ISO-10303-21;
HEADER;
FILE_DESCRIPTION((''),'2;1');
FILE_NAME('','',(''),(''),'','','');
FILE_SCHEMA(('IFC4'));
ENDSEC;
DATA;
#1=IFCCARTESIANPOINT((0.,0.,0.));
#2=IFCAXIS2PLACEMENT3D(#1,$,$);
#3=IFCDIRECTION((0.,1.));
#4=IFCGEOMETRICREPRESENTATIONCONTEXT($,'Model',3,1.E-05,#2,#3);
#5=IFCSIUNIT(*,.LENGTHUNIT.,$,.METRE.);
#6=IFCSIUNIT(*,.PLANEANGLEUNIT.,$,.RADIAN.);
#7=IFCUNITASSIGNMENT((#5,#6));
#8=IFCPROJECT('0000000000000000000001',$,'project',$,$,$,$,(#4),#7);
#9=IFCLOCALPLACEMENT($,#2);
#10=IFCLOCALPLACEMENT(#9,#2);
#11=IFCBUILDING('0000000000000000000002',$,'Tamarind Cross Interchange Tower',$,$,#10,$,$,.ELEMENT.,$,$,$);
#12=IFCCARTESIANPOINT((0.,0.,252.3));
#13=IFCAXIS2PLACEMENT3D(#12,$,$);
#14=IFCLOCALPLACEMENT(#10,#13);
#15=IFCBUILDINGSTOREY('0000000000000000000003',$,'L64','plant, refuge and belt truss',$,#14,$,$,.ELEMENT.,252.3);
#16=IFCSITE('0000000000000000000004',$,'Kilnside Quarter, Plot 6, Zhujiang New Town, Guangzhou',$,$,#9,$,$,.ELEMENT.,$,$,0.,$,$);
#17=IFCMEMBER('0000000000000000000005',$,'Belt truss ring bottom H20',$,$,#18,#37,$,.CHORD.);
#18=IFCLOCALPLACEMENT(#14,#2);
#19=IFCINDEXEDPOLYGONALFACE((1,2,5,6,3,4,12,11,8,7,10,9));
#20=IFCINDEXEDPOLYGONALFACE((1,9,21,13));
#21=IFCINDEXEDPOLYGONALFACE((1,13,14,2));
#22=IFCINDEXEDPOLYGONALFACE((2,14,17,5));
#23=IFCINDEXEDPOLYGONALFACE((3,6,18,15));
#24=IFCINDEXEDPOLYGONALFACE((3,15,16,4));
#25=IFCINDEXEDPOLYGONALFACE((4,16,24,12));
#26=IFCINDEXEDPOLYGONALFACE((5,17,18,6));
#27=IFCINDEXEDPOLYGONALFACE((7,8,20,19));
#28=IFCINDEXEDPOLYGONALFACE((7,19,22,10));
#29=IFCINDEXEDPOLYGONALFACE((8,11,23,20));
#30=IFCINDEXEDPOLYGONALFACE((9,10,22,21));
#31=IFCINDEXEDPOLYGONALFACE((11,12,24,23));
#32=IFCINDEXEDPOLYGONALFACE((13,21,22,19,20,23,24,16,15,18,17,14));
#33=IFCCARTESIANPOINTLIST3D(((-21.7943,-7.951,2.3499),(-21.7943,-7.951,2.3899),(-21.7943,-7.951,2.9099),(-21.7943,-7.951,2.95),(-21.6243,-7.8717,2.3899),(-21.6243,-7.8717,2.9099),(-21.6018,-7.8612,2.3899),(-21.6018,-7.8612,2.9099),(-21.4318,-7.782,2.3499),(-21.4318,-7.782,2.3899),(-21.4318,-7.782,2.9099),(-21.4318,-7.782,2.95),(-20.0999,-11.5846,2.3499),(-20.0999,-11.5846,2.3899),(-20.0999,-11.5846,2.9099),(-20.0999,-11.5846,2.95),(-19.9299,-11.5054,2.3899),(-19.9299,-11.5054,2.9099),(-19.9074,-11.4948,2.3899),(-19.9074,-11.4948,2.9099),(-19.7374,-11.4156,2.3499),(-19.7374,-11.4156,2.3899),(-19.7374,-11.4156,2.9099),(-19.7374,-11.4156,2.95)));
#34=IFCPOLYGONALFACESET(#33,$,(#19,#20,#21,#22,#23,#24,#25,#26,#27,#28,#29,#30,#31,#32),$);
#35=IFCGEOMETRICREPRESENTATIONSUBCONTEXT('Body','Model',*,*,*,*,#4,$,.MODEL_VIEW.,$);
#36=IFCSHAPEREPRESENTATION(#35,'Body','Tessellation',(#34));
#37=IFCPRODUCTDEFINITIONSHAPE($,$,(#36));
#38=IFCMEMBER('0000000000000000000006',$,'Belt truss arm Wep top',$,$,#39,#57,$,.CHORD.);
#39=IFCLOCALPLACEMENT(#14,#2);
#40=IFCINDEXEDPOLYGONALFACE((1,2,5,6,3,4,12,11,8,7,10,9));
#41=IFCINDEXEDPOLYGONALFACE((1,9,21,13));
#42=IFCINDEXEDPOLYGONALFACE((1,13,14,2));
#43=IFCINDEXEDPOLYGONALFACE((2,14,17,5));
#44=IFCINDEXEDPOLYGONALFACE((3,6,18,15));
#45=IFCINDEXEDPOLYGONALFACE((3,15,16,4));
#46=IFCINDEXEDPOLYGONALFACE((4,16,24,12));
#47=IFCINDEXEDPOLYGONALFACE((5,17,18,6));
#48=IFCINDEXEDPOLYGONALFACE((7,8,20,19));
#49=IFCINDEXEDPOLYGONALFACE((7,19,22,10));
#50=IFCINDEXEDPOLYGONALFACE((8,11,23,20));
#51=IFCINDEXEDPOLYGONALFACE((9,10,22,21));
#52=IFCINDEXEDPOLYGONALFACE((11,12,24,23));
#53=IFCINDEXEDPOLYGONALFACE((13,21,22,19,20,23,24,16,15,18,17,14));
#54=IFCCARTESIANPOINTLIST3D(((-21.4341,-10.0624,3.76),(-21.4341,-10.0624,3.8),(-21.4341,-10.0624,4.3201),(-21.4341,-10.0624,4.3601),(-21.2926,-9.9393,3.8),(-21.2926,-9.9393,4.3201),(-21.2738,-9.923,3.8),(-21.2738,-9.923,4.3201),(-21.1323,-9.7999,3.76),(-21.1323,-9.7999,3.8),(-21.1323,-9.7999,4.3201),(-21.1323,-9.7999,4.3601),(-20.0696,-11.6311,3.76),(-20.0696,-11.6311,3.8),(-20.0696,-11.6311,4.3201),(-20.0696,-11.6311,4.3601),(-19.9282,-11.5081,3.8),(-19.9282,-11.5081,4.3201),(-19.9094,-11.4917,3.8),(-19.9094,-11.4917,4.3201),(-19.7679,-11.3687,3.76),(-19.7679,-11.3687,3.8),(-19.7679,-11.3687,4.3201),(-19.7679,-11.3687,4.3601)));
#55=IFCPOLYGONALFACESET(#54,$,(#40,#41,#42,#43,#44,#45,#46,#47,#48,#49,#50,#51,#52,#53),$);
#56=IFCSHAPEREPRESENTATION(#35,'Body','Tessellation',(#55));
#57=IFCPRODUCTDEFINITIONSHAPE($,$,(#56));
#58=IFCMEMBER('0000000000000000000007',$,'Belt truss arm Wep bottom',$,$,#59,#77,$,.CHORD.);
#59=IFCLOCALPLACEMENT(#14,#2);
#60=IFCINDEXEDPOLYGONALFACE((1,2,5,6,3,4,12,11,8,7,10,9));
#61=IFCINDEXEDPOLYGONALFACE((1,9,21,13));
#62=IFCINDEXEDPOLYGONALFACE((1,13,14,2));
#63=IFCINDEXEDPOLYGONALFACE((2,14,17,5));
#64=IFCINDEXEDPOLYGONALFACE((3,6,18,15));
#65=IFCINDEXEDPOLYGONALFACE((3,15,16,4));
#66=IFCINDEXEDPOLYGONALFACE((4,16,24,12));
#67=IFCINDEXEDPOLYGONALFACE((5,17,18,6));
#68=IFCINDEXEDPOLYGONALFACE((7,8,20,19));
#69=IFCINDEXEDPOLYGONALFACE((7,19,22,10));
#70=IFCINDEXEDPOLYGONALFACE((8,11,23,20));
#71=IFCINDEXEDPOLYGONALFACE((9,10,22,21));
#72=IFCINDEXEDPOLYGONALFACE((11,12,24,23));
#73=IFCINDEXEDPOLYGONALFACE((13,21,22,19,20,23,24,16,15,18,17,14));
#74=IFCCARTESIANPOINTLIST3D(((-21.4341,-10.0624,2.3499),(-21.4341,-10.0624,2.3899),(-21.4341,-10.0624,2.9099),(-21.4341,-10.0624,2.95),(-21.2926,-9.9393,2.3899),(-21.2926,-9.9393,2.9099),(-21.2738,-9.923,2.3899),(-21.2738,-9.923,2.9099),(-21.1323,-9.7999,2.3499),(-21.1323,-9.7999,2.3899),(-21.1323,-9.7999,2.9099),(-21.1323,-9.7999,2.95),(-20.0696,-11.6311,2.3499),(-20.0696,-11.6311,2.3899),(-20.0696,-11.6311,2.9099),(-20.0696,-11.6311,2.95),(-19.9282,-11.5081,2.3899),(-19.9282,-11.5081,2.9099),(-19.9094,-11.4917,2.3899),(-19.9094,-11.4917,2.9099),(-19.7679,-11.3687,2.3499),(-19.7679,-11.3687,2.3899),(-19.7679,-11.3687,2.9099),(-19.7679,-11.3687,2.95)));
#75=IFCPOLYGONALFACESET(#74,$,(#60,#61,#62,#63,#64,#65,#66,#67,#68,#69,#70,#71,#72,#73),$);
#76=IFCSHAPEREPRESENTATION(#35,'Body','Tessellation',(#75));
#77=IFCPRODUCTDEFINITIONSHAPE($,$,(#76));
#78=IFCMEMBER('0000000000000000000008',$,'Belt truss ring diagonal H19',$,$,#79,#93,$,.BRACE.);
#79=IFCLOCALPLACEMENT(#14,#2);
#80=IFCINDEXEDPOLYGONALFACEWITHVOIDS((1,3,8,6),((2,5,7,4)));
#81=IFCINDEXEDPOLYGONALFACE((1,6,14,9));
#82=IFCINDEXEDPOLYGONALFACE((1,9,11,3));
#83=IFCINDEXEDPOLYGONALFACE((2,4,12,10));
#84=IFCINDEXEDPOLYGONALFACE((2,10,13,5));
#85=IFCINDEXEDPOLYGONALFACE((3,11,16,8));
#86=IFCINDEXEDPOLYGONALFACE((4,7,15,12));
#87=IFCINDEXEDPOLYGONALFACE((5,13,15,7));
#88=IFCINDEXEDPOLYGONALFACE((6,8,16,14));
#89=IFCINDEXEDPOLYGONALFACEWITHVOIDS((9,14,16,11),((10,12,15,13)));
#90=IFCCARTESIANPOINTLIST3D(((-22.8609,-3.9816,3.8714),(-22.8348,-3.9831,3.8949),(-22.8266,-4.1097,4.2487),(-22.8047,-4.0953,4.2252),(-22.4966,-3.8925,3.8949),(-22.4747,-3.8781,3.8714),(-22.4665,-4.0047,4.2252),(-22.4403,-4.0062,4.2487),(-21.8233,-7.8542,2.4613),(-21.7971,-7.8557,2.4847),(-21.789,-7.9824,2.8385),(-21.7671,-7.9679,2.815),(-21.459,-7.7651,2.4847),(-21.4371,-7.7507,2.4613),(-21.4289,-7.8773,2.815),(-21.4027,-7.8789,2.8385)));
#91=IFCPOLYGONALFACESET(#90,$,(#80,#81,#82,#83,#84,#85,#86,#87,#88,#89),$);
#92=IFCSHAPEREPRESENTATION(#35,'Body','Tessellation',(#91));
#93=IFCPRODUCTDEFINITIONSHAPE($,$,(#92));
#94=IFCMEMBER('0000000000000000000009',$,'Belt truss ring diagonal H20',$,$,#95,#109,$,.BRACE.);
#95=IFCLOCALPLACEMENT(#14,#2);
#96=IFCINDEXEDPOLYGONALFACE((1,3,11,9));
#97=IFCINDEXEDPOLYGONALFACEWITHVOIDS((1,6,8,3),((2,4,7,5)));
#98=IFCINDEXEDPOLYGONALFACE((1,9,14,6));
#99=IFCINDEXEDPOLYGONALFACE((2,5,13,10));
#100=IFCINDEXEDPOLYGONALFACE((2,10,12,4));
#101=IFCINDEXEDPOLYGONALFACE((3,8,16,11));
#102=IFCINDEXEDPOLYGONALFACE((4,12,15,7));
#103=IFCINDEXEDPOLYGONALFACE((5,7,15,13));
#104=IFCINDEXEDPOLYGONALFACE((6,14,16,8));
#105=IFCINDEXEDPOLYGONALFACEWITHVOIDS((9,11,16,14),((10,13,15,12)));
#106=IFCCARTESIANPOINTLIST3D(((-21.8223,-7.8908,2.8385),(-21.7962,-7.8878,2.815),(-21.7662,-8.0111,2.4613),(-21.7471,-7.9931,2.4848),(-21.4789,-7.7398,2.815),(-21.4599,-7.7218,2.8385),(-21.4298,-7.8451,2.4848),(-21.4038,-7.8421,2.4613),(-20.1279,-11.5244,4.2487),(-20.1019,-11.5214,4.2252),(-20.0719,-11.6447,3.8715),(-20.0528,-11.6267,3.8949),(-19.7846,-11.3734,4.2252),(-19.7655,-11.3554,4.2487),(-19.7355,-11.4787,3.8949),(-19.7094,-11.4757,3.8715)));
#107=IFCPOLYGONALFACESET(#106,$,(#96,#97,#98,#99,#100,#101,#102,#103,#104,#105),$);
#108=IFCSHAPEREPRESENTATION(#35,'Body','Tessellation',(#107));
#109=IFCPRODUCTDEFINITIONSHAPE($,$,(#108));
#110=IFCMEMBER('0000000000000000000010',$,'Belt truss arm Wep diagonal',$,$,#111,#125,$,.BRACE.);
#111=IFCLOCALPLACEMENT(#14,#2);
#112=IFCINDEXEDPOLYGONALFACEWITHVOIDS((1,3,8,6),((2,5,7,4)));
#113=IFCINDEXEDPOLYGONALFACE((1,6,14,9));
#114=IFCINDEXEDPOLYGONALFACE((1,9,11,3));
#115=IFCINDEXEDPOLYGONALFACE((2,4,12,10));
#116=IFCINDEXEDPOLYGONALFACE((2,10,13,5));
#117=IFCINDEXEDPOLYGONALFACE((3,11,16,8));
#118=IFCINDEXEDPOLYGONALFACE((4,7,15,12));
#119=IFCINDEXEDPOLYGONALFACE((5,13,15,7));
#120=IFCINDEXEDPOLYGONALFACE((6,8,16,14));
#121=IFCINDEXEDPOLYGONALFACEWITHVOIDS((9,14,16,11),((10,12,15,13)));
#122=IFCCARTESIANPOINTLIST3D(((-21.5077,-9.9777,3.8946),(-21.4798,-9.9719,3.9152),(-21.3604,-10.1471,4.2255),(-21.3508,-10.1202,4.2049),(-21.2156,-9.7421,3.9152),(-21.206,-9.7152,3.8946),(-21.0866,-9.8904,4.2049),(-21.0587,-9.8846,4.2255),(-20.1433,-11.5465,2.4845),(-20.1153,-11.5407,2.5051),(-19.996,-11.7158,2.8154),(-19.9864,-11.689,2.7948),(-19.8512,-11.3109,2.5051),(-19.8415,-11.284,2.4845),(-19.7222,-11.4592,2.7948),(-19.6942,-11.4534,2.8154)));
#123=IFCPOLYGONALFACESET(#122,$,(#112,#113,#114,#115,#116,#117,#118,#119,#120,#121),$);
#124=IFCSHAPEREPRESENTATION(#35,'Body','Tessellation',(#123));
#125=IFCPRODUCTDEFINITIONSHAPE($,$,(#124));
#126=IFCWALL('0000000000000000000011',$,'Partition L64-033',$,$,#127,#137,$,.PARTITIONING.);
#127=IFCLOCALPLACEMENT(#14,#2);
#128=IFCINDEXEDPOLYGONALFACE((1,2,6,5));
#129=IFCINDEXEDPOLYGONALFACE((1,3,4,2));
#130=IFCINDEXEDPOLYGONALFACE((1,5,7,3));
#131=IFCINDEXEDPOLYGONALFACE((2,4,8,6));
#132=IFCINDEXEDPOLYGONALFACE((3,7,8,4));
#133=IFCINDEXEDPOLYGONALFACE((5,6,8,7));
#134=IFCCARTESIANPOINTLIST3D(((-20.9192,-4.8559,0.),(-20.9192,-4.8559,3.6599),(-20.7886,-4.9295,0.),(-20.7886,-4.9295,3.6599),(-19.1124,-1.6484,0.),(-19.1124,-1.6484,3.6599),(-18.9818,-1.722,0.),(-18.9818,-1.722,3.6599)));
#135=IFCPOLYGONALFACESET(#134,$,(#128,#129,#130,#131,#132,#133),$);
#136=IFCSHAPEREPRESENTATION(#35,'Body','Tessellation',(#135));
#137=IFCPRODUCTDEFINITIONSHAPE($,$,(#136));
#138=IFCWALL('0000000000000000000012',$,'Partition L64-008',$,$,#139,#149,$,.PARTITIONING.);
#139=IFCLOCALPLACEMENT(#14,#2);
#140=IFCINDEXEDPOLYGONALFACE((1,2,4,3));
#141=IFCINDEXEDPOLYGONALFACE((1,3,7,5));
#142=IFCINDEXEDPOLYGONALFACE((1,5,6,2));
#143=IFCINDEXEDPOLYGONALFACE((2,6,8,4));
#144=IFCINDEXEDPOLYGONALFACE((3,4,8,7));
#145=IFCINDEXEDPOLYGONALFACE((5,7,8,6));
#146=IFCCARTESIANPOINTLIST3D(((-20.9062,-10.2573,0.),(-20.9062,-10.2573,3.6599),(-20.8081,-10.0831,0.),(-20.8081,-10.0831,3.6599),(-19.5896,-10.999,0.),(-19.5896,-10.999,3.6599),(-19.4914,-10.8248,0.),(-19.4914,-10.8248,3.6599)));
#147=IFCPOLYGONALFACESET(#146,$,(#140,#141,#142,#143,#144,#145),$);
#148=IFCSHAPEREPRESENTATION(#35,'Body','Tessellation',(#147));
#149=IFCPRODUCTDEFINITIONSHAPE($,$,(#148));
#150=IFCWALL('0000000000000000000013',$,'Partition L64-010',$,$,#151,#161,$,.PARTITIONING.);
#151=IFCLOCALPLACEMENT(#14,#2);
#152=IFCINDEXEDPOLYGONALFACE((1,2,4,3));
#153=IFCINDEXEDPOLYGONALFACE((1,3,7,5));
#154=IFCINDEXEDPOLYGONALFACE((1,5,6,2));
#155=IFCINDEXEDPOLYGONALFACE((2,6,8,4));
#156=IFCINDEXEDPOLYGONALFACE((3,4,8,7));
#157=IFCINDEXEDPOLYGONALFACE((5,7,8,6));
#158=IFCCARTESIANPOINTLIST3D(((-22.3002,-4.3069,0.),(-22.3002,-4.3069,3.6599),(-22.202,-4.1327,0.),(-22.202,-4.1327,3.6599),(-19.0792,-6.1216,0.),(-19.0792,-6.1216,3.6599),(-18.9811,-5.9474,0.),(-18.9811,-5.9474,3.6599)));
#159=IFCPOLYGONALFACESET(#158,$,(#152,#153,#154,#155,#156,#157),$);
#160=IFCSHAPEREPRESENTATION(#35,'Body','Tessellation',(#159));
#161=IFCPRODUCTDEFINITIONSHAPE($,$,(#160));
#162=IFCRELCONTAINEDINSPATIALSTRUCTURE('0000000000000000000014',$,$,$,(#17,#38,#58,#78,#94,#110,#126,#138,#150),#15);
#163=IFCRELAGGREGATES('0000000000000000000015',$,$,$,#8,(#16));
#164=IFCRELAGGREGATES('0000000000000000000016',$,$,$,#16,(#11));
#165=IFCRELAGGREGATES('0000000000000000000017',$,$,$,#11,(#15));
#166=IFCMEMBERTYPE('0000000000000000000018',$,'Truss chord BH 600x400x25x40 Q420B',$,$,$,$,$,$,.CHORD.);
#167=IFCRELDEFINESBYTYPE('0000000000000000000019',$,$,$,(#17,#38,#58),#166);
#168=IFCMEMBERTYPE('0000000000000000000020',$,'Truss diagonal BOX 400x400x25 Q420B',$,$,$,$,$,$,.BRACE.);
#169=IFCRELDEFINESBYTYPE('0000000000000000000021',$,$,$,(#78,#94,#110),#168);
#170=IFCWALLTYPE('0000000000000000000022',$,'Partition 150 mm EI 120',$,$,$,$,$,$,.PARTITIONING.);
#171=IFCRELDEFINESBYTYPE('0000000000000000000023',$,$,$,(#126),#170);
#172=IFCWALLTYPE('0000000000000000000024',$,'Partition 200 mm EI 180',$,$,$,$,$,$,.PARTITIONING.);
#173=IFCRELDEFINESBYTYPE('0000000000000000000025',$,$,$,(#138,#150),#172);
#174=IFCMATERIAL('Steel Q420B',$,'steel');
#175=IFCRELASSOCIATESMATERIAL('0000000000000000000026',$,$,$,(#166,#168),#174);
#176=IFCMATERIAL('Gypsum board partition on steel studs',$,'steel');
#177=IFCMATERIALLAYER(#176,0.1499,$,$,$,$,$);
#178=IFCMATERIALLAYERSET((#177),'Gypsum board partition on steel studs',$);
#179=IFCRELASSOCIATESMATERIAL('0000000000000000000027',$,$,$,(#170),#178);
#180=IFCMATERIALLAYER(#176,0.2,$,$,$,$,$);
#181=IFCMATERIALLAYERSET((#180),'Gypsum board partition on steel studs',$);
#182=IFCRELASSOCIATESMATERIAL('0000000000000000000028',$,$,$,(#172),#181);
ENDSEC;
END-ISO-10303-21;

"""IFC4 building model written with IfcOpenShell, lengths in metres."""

from ifc_helpers import new_model, si_unit, direction, frame, frame_2d, origin, origin_2d, place, context, subcontext, project, spatial, rectangle, hollow_rectangle, i_section, extrude, material, layer, layer_set, material_profile, profile_set, type_object, element, save


model = new_model("IFC4")

# Units and contexts
model_context = context("Model", 3, precision=1e-05, world=origin(), true_north=direction((0.0, 1.0)))
body_context = subcontext(model_context, "Body", "Model", "MODEL_VIEW")
ifc_project = project(units=[si_unit("LENGTHUNIT", "METRE"), si_unit("PLANEANGLEUNIT", "RADIAN")], contexts=[model_context])

# Site, building, storey
site_placement = place(None, origin())
site = spatial("IfcSite", under=ifc_project, at=site_placement, Name="Kilnside Quarter, Plot 6, Zhujiang New Town, Guangzhou", CompositionType="ELEMENT", RefElevation=0.0)
building_placement = place(site_placement, origin())
building = spatial("IfcBuilding", under=site, at=building_placement, Name="Tamarind Cross Interchange Tower", CompositionType="ELEMENT")
storey_placement = place(building_placement, frame((0.0, 0.0, 252.3)))
storey = spatial("IfcBuildingStorey", under=building, at=storey_placement, Name="L64", Description="plant, refuge and belt truss", CompositionType="ELEMENT", Elevation=252.3)

# Members
ifc_material_1 = material(Name="Steel Q420B", Category="steel")
ifc_material_profile_1 = material_profile(ifc_material_1, i_section(OverallWidth=0.3999, OverallDepth=0.6001, WebThickness=0.0249, FlangeThickness=0.04, at=origin_2d()), Name="BH 600x400x25x40")
ifc_profile_set_1 = profile_set([ifc_material_profile_1], Name="Steel Q420B")
member_type_1 = type_object("IfcMemberType", Name="Truss chord BH 600x400x25x40 Q420B", PredefinedType="CHORD", material=ifc_profile_set_1)
for number, where, z_axis, x_axis, name in (
    (1, (-21.613, -7.8665, 2.6499), (0.422615, -0.906309, 0.0), (0.906309, 0.422615, 0.0), "Belt truss ring bottom H20"),
):
    element("IfcMember", number, at=place(storey_placement, frame(where, z_axis=z_axis, x_axis=x_axis)), inside=storey, type_object=member_type_1, Name=name, PredefinedType="CHORD", context=body_context, shape_type="SweptSolid", body=[
        extrude(i_section(OverallWidth=0.3999, OverallDepth=0.6001, WebThickness=0.0249, FlangeThickness=0.04, at=origin_2d()), origin(), (0.0, 0.0, 1.0), 4.0093),
    ])
for number, where, z_axis, x_axis, name in (
    (2, (-21.2832, -9.9312, 4.0601), (0.656257, -0.754537, 0.0), (0.754537, 0.656257, 0.0), "Belt truss arm Wep top"),
    (3, (-21.2832, -9.9312, 2.6499), (0.656257, -0.754537, 0.0), (0.754537, 0.656257, 0.0), "Belt truss arm Wep bottom"),
):
    element("IfcMember", number, at=place(storey_placement, frame(where, z_axis=z_axis, x_axis=x_axis)), inside=storey, type_object=member_type_1, Name=name, PredefinedType="CHORD", context=body_context, shape_type="SweptSolid", body=[
        extrude(i_section(OverallWidth=0.3999, OverallDepth=0.6001, WebThickness=0.0249, FlangeThickness=0.04, at=origin_2d()), origin(), (0.0, 0.0, 1.0), 2.0791),
    ])
ifc_material_profile_2 = material_profile(ifc_material_1, hollow_rectangle(XDim=0.3999, YDim=0.3999, WallThickness=0.0249, at=origin_2d()), Name="BOX 400x400x25")
ifc_profile_set_2 = profile_set([ifc_material_profile_2], Name="Steel Q420B")
member_type_2 = type_object("IfcMemberType", Name="Truss diagonal BOX 400x400x25 Q420B", PredefinedType="BRACE", material=ifc_profile_set_2)
for number, where, z_axis, x_axis, name in (
    (4, (-22.6506, -3.9939, 4.0601), (0.244145, -0.911206, -0.331807), (0.965929, 0.258807, 0.0), "Belt truss ring diagonal H19"),
    (5, (-21.613, -7.8665, 2.6499), (0.398673, -0.854964, 0.331806), (0.906309, 0.422615, 0.0), "Belt truss ring diagonal H20"),
):
    element("IfcMember", number, at=place(storey_placement, frame(where, z_axis=z_axis, x_axis=x_axis)), inside=storey, type_object=member_type_2, Name=name, PredefinedType="BRACE", context=body_context, shape_type="SweptSolid", body=[
        extrude(hollow_rectangle(XDim=0.3999, YDim=0.3999, WallThickness=0.0249, at=origin_2d()), origin(), (0.0, 0.0, 1.0), 4.25),
    ])
member_placement = place(storey_placement, frame((-21.2832, -9.9312, 4.0601), z_axis=(0.543127, -0.624465, -0.561299), x_axis=(0.754537, 0.656257, 0.0)))
element("IfcMember", 6, at=member_placement, inside=storey, type_object=member_type_2, Name="Belt truss arm Wep diagonal", PredefinedType="BRACE", context=body_context, shape_type="SweptSolid", body=[
    extrude(hollow_rectangle(XDim=0.3999, YDim=0.3999, WallThickness=0.0249, at=origin_2d()), origin(), (0.0, 0.0, 1.0), 2.5122),
])

# Walls
ifc_material_2 = material(Name="Gypsum board partition on steel studs", Category="steel")
ifc_layer_1 = layer(ifc_material_2, 0.1499)
ifc_layer_set_1 = layer_set([ifc_layer_1], Name="Gypsum board partition on steel studs")
wall_type_1 = type_object("IfcWallType", Name="Partition 150 mm EI 120", PredefinedType="PARTITIONING", material=ifc_layer_set_1)
wall_1_placement = place(storey_placement, frame((-20.854, -4.8928, 0.0), z_axis=(0.0, 0.0, 1.0), x_axis=(0.490809, 0.871267, 0.0)))
element("IfcWall", 7, at=wall_1_placement, inside=storey, type_object=wall_type_1, Name="Partition L64-033", PredefinedType="PARTITIONING", context=body_context, shape_type="SweptSolid", body=[
    extrude(rectangle(XDim=3.6814, YDim=0.1499, at=frame_2d((1.8408, 0.0))), origin(), (0.0, 0.0, 1.0), 3.6599),
])
ifc_layer_2 = layer(ifc_material_2, 0.2)
ifc_layer_set_2 = layer_set([ifc_layer_2], Name="Gypsum board partition on steel studs")
wall_type_2 = type_object("IfcWallType", Name="Partition 200 mm EI 180", PredefinedType="PARTITIONING", material=ifc_layer_set_2)
wall_2_placement = place(storey_placement, frame((-20.8572, -10.1702, 0.0), z_axis=(0.0, 0.0, 1.0), x_axis=(0.871269, -0.490806, 0.0)))
element("IfcWall", 8, at=wall_2_placement, inside=storey, type_object=wall_type_2, Name="Partition L64-008", PredefinedType="PARTITIONING", context=body_context, shape_type="SweptSolid", body=[
    extrude(rectangle(XDim=1.5112, YDim=0.2, at=frame_2d((0.7556, 0.0))), origin(), (0.0, 0.0, 1.0), 3.6599),
])
wall_3_placement = place(storey_placement, frame((-22.2512, -4.2197, 0.0), z_axis=(0.0, 0.0, 1.0), x_axis=(0.871238, -0.49086, 0.0)))
element("IfcWall", 9, at=wall_3_placement, inside=storey, type_object=wall_type_2, Name="Partition L64-010", PredefinedType="PARTITIONING", context=body_context, shape_type="SweptSolid", body=[
    extrude(rectangle(XDim=3.697, YDim=0.2, at=frame_2d((1.8486, 0.0))), origin(), (0.0, 0.0, 1.0), 3.6599),
])

save(model, "model.ifc")
